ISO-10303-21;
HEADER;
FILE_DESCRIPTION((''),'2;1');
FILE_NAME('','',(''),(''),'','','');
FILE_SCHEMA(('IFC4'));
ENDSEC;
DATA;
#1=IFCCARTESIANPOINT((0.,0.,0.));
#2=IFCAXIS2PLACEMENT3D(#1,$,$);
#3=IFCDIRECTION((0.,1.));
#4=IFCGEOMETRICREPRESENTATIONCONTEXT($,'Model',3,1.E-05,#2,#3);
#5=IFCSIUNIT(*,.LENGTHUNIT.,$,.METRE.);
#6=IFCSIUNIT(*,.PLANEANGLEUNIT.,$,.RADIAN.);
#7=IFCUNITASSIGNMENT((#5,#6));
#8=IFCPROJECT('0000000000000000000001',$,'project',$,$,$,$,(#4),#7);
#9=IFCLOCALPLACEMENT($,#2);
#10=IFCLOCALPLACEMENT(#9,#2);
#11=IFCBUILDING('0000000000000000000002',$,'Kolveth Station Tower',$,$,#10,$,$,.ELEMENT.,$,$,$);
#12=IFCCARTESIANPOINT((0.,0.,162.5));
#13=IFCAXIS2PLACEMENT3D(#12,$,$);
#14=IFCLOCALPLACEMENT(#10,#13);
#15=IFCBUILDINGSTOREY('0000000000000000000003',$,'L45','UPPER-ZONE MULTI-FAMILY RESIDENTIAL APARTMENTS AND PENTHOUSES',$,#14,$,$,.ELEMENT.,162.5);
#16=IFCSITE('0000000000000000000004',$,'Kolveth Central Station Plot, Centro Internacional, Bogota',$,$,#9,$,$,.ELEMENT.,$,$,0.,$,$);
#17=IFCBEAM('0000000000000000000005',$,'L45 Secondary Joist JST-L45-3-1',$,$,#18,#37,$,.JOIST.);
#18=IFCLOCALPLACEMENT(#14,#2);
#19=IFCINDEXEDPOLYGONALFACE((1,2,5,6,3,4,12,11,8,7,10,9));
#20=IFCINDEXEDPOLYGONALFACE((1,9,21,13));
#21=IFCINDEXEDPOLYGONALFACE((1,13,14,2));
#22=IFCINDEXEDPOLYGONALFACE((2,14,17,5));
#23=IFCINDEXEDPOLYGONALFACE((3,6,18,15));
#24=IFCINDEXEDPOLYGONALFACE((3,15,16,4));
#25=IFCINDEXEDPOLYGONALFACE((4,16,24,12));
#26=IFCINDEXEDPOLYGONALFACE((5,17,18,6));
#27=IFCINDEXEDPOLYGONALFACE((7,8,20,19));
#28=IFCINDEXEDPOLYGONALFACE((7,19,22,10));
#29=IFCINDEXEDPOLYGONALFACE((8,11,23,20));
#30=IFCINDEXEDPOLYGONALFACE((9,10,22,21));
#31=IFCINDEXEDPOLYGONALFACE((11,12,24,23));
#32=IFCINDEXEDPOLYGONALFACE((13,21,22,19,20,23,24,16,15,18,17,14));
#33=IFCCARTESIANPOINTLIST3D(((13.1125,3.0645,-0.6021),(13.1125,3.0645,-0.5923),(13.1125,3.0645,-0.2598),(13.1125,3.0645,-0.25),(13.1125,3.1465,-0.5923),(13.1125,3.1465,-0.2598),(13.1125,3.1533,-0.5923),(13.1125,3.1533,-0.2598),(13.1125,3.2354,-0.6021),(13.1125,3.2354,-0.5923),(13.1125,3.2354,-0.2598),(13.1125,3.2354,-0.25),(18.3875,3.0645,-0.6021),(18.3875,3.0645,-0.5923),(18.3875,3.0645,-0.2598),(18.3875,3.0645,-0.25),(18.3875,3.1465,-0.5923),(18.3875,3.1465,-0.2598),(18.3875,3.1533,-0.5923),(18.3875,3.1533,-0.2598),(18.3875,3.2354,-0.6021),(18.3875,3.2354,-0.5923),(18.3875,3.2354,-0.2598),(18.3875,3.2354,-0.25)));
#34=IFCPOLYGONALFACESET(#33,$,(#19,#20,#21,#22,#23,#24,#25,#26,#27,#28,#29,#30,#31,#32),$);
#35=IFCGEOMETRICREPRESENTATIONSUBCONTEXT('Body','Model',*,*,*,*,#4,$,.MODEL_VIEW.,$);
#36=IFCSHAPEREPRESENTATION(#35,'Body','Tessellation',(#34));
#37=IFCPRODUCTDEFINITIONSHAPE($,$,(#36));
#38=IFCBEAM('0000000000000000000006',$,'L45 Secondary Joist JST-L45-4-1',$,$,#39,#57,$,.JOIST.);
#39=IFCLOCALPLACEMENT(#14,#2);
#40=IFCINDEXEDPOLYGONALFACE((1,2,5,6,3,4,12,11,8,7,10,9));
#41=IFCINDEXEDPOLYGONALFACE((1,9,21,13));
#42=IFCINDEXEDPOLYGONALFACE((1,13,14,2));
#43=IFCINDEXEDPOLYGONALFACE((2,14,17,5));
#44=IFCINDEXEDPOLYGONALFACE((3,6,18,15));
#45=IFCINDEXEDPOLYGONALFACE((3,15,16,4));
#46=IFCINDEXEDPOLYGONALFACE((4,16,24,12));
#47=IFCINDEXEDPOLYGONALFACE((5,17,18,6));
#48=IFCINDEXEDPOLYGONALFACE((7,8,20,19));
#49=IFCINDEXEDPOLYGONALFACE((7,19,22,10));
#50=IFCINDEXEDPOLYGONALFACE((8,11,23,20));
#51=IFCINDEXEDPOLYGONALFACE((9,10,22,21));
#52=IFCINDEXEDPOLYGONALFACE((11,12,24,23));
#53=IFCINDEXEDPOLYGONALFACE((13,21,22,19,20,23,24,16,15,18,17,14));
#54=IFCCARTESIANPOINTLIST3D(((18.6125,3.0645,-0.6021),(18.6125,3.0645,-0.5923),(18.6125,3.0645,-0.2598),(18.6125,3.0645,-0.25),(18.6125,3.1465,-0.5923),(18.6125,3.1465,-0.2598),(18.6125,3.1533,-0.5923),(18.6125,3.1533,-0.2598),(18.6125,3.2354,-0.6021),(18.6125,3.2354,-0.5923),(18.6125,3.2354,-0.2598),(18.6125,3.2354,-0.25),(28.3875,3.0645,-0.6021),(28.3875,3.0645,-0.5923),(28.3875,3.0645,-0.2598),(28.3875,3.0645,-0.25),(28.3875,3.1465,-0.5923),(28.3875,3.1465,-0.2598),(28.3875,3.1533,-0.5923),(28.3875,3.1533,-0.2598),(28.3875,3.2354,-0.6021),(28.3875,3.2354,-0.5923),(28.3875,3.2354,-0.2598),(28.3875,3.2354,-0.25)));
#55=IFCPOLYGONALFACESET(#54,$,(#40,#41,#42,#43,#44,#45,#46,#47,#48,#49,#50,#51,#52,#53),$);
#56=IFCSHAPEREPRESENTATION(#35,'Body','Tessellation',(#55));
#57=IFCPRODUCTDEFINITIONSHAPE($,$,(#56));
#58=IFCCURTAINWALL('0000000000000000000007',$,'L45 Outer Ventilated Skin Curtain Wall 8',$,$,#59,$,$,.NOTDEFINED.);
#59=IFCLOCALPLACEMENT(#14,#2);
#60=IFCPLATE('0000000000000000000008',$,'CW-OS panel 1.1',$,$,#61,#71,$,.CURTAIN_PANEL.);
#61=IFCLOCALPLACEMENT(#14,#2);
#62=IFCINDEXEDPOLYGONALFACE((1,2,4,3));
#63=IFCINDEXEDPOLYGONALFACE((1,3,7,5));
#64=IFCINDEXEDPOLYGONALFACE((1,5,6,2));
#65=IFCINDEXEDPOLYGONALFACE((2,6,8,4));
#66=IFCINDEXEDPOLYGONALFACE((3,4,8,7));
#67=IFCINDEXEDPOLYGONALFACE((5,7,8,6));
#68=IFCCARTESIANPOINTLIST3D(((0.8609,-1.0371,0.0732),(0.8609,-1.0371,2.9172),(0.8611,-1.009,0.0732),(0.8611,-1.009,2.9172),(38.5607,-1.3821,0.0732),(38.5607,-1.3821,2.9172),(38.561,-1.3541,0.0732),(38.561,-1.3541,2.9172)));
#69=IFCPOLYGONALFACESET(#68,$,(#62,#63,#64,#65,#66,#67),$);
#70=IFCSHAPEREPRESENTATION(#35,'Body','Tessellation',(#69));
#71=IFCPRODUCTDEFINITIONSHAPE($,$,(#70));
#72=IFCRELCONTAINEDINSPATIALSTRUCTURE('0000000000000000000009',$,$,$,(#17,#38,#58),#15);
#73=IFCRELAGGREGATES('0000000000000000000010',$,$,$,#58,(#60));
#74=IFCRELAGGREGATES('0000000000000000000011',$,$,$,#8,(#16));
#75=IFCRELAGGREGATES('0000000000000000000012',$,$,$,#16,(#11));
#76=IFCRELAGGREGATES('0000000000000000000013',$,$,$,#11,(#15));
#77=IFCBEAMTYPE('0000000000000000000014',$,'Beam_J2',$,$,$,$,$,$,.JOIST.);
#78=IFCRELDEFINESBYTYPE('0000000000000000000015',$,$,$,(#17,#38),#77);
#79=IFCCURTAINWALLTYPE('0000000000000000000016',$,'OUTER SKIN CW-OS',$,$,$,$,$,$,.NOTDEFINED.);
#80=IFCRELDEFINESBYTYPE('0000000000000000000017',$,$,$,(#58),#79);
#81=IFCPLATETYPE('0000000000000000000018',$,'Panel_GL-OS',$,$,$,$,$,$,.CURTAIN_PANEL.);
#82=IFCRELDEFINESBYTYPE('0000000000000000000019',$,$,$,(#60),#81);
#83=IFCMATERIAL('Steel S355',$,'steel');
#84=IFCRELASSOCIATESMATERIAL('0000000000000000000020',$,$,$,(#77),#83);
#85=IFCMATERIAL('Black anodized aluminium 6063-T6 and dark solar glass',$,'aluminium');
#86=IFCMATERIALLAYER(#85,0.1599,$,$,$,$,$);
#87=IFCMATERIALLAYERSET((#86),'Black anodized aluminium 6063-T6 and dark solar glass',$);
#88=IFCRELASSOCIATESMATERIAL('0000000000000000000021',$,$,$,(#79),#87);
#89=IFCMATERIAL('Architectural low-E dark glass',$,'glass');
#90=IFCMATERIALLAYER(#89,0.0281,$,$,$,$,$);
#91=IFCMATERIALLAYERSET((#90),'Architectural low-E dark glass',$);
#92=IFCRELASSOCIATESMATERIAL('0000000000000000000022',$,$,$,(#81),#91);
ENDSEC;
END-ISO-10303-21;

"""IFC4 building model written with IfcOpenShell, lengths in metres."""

from ifc_helpers import new_model, si_unit, direction, frame, origin, origin_2d, place, context, subcontext, project, spatial, rectangle, i_section, extrude, source, transform, mapped, material, layer, layer_set, material_profile, profile_set, type_object, element, aggregate, save


model = new_model("IFC4")

# Units and contexts
model_context = context("Model", 3, precision=1e-05, world=origin(), true_north=direction((0.0, 1.0)))
body_context = subcontext(model_context, "Body", "Model", "MODEL_VIEW")
ifc_project = project(units=[si_unit("LENGTHUNIT", "METRE"), si_unit("PLANEANGLEUNIT", "RADIAN")], contexts=[model_context])

# Site, building, storey
site_placement = place(None, origin())
site = spatial("IfcSite", under=ifc_project, at=site_placement, Name="Kolveth Central Station Plot, Centro Internacional, Bogota", CompositionType="ELEMENT", RefElevation=0.0)
building_placement = place(site_placement, origin())
building = spatial("IfcBuilding", under=site, at=building_placement, Name="Kolveth Station Tower", CompositionType="ELEMENT")
storey_placement = place(building_placement, frame((0.0, 0.0, 162.5)))
storey = spatial("IfcBuildingStorey", under=building, at=storey_placement, Name="L45", Description="UPPER-ZONE MULTI-FAMILY RESIDENTIAL APARTMENTS AND PENTHOUSES", CompositionType="ELEMENT", Elevation=162.5)

# Shared definitions
ifc_material_1 = material(Name="Steel S355", Category="steel")

# Beams
ifc_material_profile_1 = material_profile(ifc_material_1, i_section(OverallWidth=0.1709, OverallDepth=0.3521, WebThickness=0.0068, FlangeThickness=0.0098, at=origin_2d()), Name="W360x44")
ifc_profile_set_1 = profile_set([ifc_material_profile_1], Name="Steel S355")
beam_type_1 = type_object("IfcBeamType", Name="Beam_J2", PredefinedType="JOIST", material=ifc_profile_set_1)
shared_shape_1 = source(origin(), body_context, "Body", "SweptSolid", [
    extrude(i_section(OverallWidth=0.1709, OverallDepth=0.3521, WebThickness=0.0068, FlangeThickness=0.0098, at=origin_2d()), origin(), (0.0, 0.0, 1.0), 5.2749),
])
beam_1_placement = place(storey_placement, frame((13.1125, 3.1499, -0.426), z_axis=(1.0, 0.0, 0.0), x_axis=(0.0, 1.0, 0.0)))
element("IfcBeam", 1, at=beam_1_placement, inside=storey, type_object=beam_type_1, Name="L45 Secondary Joist JST-L45-3-1", PredefinedType="JOIST", context=body_context, shape_type="MappedRepresentation", body=[
    mapped(shared_shape_1, transform((0.0, 0.0, 0.0), x_axis=(1.0, 0.0, 0.0), y_axis=(0.0, 1.0, 0.0), z_axis=(0.0, 0.0, 1.0), scale=1.0)),
])
shared_shape_2 = source(origin(), body_context, "Body", "SweptSolid", [
    extrude(i_section(OverallWidth=0.1709, OverallDepth=0.3521, WebThickness=0.0068, FlangeThickness=0.0098, at=origin_2d()), origin(), (0.0, 0.0, 1.0), 9.7749),
])
beam_2_placement = place(storey_placement, frame((18.6125, 3.1499, -0.426), z_axis=(1.0, 0.0, 0.0), x_axis=(0.0, 1.0, 0.0)))
element("IfcBeam", 2, at=beam_2_placement, inside=storey, type_object=beam_type_1, Name="L45 Secondary Joist JST-L45-4-1", PredefinedType="JOIST", context=body_context, shape_type="MappedRepresentation", body=[
    mapped(shared_shape_2, transform((0.0, 0.0, 0.0), x_axis=(1.0, 0.0, 0.0), y_axis=(0.0, 1.0, 0.0), z_axis=(0.0, 0.0, 1.0), scale=1.0)),
])

# Curtain wall, plate
ifc_material_2 = material(Name="Black anodized aluminium 6063-T6 and dark solar glass", Category="aluminium")
ifc_layer_1 = layer(ifc_material_2, 0.1599)
ifc_layer_set_1 = layer_set([ifc_layer_1], Name="Black anodized aluminium 6063-T6 and dark solar glass")
curtain_wall_type = type_object("IfcCurtainWallType", Name="OUTER SKIN CW-OS", PredefinedType="NOTDEFINED", material=ifc_layer_set_1)
curtain_wall_placement = place(storey_placement, origin())
curtain_wall = element("IfcCurtainWall", 3, at=curtain_wall_placement, inside=storey, type_object=curtain_wall_type, Name="L45 Outer Ventilated Skin Curtain Wall 8", PredefinedType="NOTDEFINED")
ifc_material_3 = material(Name="Architectural low-E dark glass", Category="glass")
ifc_layer_2 = layer(ifc_material_3, 0.0281)
ifc_layer_set_2 = layer_set([ifc_layer_2], Name="Architectural low-E dark glass")
plate_type = type_object("IfcPlateType", Name="Panel_GL-OS", PredefinedType="CURTAIN_PANEL", material=ifc_layer_set_2)
shared_shape_3 = source(origin(), body_context, "Body", "SweptSolid", [
    extrude(rectangle(XDim=37.7014, YDim=0.0281, at=origin_2d()), origin(), (0.0, 0.0, 1.0), 2.844),
])
plate_placement = place(storey_placement, frame((19.7109, -1.1956, 0.0732), z_axis=(0.0, 0.0, 1.0), x_axis=(0.999958, -0.009153, 0.0)))
plate = element("IfcPlate", 4, at=plate_placement, type_object=plate_type, Name="CW-OS panel 1.1", PredefinedType="CURTAIN_PANEL", context=body_context, shape_type="MappedRepresentation", body=[
    mapped(shared_shape_3, transform((0.0, 0.0, 0.0), x_axis=(1.0, 0.0, 0.0), y_axis=(0.0, 1.0, 0.0), z_axis=(0.0, 0.0, 1.0), scale=1.0)),
])
aggregate(curtain_wall, [plate])

save(model, "model.ifc")
